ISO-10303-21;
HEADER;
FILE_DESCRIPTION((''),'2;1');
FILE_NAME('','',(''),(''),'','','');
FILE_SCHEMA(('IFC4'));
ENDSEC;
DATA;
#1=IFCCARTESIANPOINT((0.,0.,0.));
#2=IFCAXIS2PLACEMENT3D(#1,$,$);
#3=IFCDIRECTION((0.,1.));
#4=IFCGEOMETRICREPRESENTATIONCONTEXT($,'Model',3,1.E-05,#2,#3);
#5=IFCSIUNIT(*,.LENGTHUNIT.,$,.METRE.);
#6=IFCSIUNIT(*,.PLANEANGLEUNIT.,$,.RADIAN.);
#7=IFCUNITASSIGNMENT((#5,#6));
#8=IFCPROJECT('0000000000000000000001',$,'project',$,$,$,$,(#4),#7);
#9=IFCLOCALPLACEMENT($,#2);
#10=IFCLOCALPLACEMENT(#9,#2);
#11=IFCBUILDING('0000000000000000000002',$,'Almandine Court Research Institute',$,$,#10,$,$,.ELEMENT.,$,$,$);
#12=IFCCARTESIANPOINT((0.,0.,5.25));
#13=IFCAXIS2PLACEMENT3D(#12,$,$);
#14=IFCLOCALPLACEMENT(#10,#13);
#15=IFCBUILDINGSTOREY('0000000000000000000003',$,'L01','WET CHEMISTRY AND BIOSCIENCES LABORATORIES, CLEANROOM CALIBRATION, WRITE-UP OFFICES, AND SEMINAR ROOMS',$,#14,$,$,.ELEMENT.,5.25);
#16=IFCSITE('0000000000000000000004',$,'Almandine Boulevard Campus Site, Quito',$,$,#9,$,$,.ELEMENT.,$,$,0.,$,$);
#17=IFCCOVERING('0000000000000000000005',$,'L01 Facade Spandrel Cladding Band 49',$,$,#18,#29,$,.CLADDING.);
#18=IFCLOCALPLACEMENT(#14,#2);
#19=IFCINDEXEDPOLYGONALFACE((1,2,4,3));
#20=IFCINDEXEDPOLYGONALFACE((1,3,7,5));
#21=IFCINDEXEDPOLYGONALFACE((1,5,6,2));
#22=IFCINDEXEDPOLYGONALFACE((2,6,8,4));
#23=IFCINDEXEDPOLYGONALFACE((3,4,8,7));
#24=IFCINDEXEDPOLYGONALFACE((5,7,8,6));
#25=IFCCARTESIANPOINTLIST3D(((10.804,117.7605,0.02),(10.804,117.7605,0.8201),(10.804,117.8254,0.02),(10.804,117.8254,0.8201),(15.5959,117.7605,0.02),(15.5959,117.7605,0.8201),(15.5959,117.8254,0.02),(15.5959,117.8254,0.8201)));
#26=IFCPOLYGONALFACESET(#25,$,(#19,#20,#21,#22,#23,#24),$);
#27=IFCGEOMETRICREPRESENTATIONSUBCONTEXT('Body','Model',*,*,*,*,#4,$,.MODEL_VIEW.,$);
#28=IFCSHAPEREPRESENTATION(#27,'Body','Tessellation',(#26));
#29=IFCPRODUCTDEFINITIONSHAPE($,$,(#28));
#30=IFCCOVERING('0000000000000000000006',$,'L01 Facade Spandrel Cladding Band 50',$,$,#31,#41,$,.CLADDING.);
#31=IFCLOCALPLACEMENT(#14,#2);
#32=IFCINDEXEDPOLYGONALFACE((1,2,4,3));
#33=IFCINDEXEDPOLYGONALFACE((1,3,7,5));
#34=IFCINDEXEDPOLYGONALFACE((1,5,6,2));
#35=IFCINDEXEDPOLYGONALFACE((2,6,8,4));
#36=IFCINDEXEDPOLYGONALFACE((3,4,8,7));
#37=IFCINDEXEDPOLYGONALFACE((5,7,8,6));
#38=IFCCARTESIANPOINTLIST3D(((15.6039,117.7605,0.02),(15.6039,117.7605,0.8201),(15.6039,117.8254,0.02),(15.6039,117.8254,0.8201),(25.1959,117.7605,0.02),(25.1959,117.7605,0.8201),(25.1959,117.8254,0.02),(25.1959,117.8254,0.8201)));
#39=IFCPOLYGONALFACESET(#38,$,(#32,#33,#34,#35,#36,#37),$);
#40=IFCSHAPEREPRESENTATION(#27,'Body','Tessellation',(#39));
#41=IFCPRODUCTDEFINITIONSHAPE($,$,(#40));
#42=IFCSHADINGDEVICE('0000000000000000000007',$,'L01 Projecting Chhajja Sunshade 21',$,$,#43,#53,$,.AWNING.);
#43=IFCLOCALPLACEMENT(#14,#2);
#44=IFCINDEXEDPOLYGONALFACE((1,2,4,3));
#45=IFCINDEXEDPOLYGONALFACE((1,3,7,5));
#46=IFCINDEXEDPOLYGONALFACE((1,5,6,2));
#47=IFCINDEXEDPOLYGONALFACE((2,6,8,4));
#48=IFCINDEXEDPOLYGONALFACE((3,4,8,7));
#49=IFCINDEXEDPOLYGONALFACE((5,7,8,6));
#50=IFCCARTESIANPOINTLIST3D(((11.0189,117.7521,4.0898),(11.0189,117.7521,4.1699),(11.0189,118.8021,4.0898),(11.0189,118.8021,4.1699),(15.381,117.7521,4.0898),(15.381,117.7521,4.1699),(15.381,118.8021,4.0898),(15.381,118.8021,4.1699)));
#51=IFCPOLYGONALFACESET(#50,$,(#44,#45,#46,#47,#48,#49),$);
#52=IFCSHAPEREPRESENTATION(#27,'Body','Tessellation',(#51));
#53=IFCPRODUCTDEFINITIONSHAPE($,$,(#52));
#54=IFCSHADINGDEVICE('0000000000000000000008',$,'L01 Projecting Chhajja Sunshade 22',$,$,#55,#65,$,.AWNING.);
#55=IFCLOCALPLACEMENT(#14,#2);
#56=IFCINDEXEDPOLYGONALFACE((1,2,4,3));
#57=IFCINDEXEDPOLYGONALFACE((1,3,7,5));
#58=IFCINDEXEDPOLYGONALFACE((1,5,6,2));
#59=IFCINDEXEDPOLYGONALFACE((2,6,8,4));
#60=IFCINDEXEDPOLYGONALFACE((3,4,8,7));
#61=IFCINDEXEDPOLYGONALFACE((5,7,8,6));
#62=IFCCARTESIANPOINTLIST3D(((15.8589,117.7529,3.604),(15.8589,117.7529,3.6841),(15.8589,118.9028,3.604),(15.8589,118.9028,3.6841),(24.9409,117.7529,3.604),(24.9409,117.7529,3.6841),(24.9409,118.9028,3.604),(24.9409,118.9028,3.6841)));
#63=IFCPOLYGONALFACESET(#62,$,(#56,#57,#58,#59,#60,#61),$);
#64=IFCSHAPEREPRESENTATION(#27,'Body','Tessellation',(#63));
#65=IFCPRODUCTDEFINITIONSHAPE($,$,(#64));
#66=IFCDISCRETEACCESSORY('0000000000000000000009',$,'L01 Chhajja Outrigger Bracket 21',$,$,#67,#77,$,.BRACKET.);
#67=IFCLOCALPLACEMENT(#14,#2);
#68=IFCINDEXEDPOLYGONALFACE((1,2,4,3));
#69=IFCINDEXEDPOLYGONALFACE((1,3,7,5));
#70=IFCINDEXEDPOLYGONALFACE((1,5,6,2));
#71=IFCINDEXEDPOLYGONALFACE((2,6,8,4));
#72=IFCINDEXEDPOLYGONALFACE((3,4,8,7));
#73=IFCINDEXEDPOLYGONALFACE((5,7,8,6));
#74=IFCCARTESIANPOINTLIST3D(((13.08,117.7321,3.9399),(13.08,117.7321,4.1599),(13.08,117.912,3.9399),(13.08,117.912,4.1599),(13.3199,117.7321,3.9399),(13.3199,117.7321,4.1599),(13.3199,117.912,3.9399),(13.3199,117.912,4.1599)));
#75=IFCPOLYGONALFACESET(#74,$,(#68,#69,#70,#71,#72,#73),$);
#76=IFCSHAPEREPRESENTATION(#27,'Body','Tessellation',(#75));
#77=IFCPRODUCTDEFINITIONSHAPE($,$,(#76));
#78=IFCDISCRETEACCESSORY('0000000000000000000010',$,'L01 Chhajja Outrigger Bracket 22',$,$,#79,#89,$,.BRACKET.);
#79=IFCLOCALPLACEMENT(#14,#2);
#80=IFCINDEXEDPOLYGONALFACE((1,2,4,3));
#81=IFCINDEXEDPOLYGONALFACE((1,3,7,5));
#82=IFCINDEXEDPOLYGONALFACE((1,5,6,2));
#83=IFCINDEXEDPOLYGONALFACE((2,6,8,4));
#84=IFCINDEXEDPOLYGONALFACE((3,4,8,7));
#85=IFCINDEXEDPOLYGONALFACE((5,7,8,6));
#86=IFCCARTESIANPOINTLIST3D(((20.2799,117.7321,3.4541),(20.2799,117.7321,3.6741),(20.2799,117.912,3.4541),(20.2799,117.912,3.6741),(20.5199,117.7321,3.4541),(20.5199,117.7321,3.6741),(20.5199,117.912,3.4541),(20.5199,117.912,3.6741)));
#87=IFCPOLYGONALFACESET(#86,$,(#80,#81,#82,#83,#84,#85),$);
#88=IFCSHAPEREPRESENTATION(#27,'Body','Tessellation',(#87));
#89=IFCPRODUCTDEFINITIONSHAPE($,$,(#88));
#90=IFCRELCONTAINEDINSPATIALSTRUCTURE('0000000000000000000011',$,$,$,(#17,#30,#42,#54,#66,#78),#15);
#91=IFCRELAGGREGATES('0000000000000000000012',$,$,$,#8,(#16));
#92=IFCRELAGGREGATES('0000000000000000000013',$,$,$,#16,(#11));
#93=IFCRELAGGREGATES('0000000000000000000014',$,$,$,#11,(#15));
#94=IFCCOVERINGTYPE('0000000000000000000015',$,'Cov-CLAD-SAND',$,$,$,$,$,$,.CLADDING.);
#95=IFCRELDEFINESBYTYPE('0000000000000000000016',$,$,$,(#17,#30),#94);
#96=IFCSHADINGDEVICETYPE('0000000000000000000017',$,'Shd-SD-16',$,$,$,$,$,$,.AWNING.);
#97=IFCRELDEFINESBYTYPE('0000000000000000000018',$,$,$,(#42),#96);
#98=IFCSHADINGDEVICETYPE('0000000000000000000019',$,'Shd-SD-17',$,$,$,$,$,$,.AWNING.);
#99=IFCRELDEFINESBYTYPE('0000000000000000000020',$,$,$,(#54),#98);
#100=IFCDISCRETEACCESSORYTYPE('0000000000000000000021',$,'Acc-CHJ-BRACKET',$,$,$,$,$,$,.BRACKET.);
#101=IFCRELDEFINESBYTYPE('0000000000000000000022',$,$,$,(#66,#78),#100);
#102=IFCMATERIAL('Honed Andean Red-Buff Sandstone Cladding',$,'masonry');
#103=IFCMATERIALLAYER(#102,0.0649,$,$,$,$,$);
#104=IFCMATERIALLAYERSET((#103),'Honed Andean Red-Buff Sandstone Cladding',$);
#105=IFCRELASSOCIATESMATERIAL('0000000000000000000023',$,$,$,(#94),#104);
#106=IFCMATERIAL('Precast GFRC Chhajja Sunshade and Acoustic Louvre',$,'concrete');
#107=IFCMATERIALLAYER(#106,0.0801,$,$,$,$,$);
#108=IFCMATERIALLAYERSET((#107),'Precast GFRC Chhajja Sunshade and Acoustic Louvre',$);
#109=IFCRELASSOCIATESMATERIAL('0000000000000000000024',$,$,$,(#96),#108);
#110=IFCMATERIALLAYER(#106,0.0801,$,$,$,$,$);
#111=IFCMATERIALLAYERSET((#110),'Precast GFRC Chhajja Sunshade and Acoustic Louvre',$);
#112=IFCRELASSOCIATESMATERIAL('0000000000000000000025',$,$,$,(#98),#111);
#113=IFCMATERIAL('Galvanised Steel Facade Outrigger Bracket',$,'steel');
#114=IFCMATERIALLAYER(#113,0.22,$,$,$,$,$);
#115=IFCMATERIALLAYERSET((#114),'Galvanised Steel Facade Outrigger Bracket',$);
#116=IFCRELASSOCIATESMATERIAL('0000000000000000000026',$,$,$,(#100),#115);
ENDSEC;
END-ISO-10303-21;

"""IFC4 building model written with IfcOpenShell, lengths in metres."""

from ifc_helpers import new_model, si_unit, direction, frame, origin, origin_2d, place, context, subcontext, project, spatial, rectangle, extrude, material, layer, layer_set, type_object, element, save


model = new_model("IFC4")

# Units and contexts
model_context = context("Model", 3, precision=1e-05, world=origin(), true_north=direction((0.0, 1.0)))
body_context = subcontext(model_context, "Body", "Model", "MODEL_VIEW")
ifc_project = project(units=[si_unit("LENGTHUNIT", "METRE"), si_unit("PLANEANGLEUNIT", "RADIAN")], contexts=[model_context])

# Site, building, storey
site_placement = place(None, origin())
site = spatial("IfcSite", under=ifc_project, at=site_placement, Name="Almandine Boulevard Campus Site, Quito", CompositionType="ELEMENT", RefElevation=0.0)
building_placement = place(site_placement, origin())
building = spatial("IfcBuilding", under=site, at=building_placement, Name="Almandine Court Research Institute", CompositionType="ELEMENT")
storey_placement = place(building_placement, frame((0.0, 0.0, 5.25)))
storey = spatial("IfcBuildingStorey", under=building, at=storey_placement, Name="L01", Description="WET CHEMISTRY AND BIOSCIENCES LABORATORIES, CLEANROOM CALIBRATION, WRITE-UP OFFICES, AND SEMINAR ROOMS", CompositionType="ELEMENT", Elevation=5.25)

# Coverings
ifc_material_1 = material(Name="Honed Andean Red-Buff Sandstone Cladding", Category="masonry")
ifc_layer_1 = layer(ifc_material_1, 0.0649)
ifc_layer_set_1 = layer_set([ifc_layer_1], Name="Honed Andean Red-Buff Sandstone Cladding")
covering_type = type_object("IfcCoveringType", Name="Cov-CLAD-SAND", PredefinedType="CLADDING", material=ifc_layer_set_1)
covering_1_placement = place(storey_placement, frame((13.2, 117.793, 0.02), z_axis=(0.0, 0.0, 1.0), x_axis=(1.0, 0.0, 0.0)))
element("IfcCovering", 1, at=covering_1_placement, inside=storey, type_object=covering_type, Name="L01 Facade Spandrel Cladding Band 49", PredefinedType="CLADDING", context=body_context, shape_type="SweptSolid", body=[
    extrude(rectangle(XDim=4.792, YDim=0.0649, at=origin_2d()), origin(), (0.0, 0.0, 1.0), 0.8),
])
covering_2_placement = place(storey_placement, frame((20.3999, 117.793, 0.02), z_axis=(0.0, 0.0, 1.0), x_axis=(1.0, 0.0, 0.0)))
element("IfcCovering", 2, at=covering_2_placement, inside=storey, type_object=covering_type, Name="L01 Facade Spandrel Cladding Band 50", PredefinedType="CLADDING", context=body_context, shape_type="SweptSolid", body=[
    extrude(rectangle(XDim=9.592, YDim=0.0649, at=origin_2d()), origin(), (0.0, 0.0, 1.0), 0.8),
])

# Shading devices
ifc_material_2 = material(Name="Precast GFRC Chhajja Sunshade and Acoustic Louvre", Category="concrete")
ifc_layer_2 = layer(ifc_material_2, 0.0801)
ifc_layer_set_2 = layer_set([ifc_layer_2], Name="Precast GFRC Chhajja Sunshade and Acoustic Louvre")
shading_device_type_1 = type_object("IfcShadingDeviceType", Name="Shd-SD-16", PredefinedType="AWNING", material=ifc_layer_set_2)
shading_device_1_placement = place(storey_placement, frame((13.2, 118.2771, 4.0898), z_axis=(0.0, 0.0, 1.0), x_axis=(1.0, 0.0, 0.0)))
element("IfcShadingDevice", 3, at=shading_device_1_placement, inside=storey, type_object=shading_device_type_1, Name="L01 Projecting Chhajja Sunshade 21", PredefinedType="AWNING", context=body_context, shape_type="SweptSolid", body=[
    extrude(rectangle(XDim=4.3621, YDim=1.05, at=origin_2d()), origin(), (0.0, 0.0, 1.0), 0.0801),
])
ifc_layer_3 = layer(ifc_material_2, 0.0801)
ifc_layer_set_3 = layer_set([ifc_layer_3], Name="Precast GFRC Chhajja Sunshade and Acoustic Louvre")
shading_device_type_2 = type_object("IfcShadingDeviceType", Name="Shd-SD-17", PredefinedType="AWNING", material=ifc_layer_set_3)
shading_device_2_placement = place(storey_placement, frame((20.3999, 118.3279, 3.604), z_axis=(0.0, 0.0, 1.0), x_axis=(1.0, 0.0, 0.0)))
element("IfcShadingDevice", 4, at=shading_device_2_placement, inside=storey, type_object=shading_device_type_2, Name="L01 Projecting Chhajja Sunshade 22", PredefinedType="AWNING", context=body_context, shape_type="SweptSolid", body=[
    extrude(rectangle(XDim=9.082, YDim=1.1499, at=origin_2d()), origin(), (0.0, 0.0, 1.0), 0.0801),
])

# Discrete accessories
ifc_material_3 = material(Name="Galvanised Steel Facade Outrigger Bracket", Category="steel")
ifc_layer_4 = layer(ifc_material_3, 0.22)
ifc_layer_set_4 = layer_set([ifc_layer_4], Name="Galvanised Steel Facade Outrigger Bracket")
discrete_accessory_type = type_object("IfcDiscreteAccessoryType", Name="Acc-CHJ-BRACKET", PredefinedType="BRACKET", material=ifc_layer_set_4)
for number, where, z_axis, x_axis, name in (
    (5, (13.2, 117.822, 3.9399), (0.0, 0.0, 1.0), (1.0, 0.0, 0.0), "L01 Chhajja Outrigger Bracket 21"),
    (6, (20.3999, 117.822, 3.4541), (0.0, 0.0, 1.0), (1.0, 0.0, 0.0), "L01 Chhajja Outrigger Bracket 22"),
):
    element("IfcDiscreteAccessory", number, at=place(storey_placement, frame(where, z_axis=z_axis, x_axis=x_axis)), inside=storey, type_object=discrete_accessory_type, Name=name, PredefinedType="BRACKET", context=body_context, shape_type="SweptSolid", body=[
        extrude(rectangle(XDim=0.24, YDim=0.1799, at=origin_2d()), origin(), (0.0, 0.0, 1.0), 0.22),
    ])

save(model, "model.ifc")
